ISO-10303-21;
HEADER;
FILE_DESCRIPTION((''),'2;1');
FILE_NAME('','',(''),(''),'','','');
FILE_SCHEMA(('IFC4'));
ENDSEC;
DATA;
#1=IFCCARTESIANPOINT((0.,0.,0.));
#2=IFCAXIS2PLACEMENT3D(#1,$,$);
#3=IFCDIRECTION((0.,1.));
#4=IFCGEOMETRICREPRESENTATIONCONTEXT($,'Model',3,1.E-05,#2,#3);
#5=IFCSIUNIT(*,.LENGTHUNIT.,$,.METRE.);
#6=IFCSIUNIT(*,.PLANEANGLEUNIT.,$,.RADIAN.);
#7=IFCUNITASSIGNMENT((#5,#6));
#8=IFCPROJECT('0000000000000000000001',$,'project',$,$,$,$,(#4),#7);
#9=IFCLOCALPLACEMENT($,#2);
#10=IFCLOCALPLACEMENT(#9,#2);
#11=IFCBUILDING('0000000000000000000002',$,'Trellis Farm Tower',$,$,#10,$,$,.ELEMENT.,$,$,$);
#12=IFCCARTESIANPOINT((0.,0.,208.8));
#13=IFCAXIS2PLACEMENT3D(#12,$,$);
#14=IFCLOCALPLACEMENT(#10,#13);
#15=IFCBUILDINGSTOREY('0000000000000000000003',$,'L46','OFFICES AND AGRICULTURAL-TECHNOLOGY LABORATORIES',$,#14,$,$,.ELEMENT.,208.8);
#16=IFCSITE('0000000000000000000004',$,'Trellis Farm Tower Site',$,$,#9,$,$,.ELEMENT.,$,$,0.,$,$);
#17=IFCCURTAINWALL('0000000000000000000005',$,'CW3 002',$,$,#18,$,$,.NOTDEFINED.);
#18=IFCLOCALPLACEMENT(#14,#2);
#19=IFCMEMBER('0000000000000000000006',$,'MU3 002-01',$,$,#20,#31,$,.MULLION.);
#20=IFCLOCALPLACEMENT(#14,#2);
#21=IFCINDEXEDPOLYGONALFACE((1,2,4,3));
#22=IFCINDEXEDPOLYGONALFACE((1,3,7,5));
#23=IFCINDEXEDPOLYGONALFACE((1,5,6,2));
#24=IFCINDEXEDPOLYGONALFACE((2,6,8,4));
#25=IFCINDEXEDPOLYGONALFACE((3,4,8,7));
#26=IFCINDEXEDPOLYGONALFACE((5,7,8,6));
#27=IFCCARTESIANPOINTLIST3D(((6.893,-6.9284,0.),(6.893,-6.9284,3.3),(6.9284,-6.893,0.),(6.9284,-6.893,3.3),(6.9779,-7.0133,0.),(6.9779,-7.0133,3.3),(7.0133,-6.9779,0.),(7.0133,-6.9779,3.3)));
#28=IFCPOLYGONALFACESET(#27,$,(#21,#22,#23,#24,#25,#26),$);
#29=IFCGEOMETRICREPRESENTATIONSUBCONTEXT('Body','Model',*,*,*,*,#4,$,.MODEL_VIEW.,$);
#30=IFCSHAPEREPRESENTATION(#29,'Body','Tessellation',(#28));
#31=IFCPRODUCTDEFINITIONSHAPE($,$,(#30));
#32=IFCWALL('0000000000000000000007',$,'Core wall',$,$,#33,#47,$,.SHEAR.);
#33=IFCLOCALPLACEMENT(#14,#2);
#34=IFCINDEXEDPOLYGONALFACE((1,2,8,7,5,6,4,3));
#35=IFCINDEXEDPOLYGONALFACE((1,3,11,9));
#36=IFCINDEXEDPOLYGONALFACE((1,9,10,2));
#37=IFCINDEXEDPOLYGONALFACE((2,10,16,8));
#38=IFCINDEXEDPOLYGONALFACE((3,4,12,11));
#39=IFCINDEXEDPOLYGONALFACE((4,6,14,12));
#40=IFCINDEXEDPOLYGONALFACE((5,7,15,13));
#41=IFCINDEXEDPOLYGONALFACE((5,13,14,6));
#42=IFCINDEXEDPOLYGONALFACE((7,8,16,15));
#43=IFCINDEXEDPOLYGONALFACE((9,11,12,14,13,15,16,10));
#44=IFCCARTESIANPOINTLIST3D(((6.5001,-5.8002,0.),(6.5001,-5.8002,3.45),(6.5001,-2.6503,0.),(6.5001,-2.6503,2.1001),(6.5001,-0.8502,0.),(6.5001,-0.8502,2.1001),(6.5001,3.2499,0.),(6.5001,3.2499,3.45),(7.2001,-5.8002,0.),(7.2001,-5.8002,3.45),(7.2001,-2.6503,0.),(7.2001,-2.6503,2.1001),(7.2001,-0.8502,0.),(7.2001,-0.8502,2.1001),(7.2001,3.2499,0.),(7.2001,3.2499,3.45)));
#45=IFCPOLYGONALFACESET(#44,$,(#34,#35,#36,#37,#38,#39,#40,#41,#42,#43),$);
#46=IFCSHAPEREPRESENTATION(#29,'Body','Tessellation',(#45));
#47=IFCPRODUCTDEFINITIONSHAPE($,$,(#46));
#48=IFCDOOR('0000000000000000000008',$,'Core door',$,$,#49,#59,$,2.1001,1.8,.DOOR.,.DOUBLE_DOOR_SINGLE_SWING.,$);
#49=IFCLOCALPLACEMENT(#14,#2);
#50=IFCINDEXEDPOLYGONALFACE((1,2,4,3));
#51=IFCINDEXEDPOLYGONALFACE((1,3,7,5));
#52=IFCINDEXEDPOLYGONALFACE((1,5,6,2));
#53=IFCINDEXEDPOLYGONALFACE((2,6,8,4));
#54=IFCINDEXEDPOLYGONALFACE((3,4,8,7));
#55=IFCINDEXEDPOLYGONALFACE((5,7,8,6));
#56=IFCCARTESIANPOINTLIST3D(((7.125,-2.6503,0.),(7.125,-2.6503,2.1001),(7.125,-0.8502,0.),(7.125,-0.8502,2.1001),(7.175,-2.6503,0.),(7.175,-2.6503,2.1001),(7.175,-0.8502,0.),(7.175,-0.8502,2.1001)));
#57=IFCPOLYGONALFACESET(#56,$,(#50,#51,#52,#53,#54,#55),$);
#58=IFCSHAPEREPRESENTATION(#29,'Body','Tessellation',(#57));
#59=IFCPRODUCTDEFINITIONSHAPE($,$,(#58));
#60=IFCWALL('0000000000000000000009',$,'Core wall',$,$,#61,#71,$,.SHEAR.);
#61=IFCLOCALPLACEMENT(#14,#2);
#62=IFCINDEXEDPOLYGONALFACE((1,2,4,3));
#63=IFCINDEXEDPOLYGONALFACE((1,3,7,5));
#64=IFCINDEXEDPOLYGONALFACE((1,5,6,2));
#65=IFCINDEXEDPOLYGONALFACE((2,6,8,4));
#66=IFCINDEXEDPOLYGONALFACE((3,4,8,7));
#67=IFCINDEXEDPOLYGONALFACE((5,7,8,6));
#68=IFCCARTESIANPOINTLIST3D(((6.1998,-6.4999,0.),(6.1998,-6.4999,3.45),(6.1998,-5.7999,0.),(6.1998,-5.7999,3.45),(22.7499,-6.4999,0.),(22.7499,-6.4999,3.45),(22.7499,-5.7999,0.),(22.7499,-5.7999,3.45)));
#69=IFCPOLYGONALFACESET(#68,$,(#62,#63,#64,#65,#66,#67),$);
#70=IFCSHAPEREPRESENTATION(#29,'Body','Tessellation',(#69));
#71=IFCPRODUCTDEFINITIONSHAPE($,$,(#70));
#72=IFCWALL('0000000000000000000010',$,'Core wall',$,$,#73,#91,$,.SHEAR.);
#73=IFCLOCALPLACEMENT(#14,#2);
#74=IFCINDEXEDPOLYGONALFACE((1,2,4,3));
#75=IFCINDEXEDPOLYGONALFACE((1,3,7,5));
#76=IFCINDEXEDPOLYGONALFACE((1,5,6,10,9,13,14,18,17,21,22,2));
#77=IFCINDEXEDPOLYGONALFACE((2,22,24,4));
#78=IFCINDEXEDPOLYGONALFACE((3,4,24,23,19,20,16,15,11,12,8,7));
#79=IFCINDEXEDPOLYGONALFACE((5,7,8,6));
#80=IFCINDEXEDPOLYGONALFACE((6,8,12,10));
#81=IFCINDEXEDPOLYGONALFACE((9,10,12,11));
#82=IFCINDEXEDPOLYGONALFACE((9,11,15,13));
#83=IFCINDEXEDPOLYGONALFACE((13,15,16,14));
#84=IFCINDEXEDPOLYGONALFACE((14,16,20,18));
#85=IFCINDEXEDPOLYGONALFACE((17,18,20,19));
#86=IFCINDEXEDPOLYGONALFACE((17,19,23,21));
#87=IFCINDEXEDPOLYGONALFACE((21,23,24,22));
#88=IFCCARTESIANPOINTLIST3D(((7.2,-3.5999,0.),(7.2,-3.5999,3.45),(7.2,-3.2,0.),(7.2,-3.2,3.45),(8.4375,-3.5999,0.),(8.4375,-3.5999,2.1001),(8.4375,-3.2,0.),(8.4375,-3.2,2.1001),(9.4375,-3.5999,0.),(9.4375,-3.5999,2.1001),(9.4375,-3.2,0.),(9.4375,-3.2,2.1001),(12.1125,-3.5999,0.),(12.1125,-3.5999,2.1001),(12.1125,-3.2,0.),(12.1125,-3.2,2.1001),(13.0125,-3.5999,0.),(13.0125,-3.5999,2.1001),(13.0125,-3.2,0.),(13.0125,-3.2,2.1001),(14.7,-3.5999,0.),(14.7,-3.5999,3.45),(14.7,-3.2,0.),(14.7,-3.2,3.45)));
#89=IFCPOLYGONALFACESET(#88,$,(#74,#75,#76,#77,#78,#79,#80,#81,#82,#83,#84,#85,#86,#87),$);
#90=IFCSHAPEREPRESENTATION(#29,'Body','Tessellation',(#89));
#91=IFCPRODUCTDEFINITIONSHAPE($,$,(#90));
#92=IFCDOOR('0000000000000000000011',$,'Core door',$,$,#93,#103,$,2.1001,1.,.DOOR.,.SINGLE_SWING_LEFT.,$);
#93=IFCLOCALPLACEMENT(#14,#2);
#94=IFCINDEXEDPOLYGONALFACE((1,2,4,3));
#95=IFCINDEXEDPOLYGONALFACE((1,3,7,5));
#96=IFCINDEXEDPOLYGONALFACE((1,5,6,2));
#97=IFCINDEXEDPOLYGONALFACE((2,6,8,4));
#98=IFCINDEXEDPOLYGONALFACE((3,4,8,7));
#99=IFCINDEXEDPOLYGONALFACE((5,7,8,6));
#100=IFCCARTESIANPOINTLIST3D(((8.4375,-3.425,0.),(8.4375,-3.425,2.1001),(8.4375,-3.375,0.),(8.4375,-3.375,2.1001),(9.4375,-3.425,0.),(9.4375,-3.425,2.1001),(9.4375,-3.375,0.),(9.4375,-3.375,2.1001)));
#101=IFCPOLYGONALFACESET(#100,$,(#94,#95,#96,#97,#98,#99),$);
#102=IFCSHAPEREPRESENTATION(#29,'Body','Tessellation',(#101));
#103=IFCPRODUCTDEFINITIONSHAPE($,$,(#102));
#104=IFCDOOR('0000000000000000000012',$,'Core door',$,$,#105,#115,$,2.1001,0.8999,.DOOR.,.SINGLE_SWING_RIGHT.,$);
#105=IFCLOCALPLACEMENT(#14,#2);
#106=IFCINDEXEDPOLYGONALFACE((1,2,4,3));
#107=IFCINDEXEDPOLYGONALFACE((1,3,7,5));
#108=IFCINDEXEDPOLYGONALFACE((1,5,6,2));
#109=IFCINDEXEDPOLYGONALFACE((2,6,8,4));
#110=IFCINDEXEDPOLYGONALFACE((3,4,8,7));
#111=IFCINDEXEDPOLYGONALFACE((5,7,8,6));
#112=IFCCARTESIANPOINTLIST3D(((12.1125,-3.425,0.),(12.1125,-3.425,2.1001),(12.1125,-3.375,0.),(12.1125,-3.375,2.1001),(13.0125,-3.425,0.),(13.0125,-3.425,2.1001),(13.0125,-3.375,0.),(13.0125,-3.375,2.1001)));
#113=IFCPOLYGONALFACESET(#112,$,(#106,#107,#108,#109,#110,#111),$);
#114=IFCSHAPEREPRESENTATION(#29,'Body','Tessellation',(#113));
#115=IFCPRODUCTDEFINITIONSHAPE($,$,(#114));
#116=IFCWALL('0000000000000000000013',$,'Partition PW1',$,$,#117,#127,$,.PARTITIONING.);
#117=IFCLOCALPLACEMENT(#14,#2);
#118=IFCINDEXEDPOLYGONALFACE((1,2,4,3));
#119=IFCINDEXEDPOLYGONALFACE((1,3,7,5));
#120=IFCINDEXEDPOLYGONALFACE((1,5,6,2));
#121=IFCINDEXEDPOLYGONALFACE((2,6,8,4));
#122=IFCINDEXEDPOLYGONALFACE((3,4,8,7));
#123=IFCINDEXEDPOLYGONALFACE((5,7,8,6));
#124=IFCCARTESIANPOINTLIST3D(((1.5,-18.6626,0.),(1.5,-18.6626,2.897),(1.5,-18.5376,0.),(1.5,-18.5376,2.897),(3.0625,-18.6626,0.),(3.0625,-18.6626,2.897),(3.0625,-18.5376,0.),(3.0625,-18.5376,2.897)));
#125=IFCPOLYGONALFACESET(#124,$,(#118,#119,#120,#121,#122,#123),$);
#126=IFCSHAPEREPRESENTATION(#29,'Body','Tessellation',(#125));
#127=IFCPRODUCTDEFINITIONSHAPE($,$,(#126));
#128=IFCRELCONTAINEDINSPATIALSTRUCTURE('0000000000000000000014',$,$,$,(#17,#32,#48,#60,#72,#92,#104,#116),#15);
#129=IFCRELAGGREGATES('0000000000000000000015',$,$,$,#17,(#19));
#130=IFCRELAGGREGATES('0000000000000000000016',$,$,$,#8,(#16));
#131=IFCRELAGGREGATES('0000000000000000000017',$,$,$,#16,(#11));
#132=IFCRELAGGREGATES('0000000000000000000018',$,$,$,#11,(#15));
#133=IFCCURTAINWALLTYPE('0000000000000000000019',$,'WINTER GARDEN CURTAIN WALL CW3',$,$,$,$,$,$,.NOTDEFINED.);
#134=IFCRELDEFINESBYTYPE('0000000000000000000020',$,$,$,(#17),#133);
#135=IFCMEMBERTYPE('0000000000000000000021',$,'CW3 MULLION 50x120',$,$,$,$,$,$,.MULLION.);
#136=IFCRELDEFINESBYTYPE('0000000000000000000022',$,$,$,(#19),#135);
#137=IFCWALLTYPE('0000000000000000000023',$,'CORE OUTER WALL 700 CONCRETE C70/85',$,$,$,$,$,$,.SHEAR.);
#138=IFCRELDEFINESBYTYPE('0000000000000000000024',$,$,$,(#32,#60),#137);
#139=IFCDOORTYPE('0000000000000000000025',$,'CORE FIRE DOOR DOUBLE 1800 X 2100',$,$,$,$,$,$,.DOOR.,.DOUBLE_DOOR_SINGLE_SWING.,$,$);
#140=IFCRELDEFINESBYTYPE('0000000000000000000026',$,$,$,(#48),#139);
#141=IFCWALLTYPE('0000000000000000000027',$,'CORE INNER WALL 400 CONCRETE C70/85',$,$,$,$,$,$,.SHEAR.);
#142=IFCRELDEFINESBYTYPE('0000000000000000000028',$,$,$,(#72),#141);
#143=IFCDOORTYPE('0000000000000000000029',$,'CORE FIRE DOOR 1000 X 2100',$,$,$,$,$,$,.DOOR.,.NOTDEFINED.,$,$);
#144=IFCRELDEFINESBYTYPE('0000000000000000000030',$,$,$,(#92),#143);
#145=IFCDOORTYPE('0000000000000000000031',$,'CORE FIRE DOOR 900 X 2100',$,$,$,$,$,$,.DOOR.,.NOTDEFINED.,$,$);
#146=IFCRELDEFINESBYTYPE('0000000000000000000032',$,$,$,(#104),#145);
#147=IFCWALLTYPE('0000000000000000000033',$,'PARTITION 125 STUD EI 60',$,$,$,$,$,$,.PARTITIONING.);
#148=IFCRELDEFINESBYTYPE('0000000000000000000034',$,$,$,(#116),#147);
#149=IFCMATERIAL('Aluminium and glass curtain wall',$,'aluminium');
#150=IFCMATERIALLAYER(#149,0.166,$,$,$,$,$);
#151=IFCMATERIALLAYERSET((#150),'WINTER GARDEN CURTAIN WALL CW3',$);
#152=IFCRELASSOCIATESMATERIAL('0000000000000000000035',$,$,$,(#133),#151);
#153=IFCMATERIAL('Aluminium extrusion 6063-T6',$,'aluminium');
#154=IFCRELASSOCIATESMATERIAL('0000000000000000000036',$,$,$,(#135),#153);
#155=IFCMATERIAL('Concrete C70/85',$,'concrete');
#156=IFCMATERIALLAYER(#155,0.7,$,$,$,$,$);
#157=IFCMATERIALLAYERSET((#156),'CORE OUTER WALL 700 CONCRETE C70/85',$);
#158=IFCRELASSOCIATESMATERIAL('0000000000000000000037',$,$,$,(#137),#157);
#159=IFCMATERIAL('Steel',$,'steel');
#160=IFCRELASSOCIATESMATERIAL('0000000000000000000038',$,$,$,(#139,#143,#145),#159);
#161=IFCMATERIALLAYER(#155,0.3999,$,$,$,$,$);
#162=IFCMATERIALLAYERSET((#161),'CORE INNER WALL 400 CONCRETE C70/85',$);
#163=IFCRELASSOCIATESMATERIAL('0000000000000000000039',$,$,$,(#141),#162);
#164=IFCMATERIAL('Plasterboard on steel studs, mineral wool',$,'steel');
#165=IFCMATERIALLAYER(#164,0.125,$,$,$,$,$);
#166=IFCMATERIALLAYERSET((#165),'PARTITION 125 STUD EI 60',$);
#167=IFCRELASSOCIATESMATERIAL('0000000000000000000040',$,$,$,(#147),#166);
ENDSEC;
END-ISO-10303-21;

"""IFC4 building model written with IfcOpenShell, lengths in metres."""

from ifc_helpers import new_model, si_unit, direction, frame, frame_2d, origin, origin_2d, place, context, subcontext, project, spatial, rectangle, extrude, source, transform, mapped, material, layer, layer_set, material_profile, profile_set, type_object, element, fill, aggregate, save


model = new_model("IFC4")

# Units and contexts
model_context = context("Model", 3, precision=1e-05, world=origin(), true_north=direction((0.0, 1.0)))
body_context = subcontext(model_context, "Body", "Model", "MODEL_VIEW")
ifc_project = project(units=[si_unit("LENGTHUNIT", "METRE"), si_unit("PLANEANGLEUNIT", "RADIAN")], contexts=[model_context])

# Site, building, storey
site_placement = place(None, origin())
site = spatial("IfcSite", under=ifc_project, at=site_placement, Name="Trellis Farm Tower Site", CompositionType="ELEMENT", RefElevation=0.0)
building_placement = place(site_placement, origin())
building = spatial("IfcBuilding", under=site, at=building_placement, Name="Trellis Farm Tower", CompositionType="ELEMENT")
storey_placement = place(building_placement, frame((0.0, 0.0, 208.8)))
storey = spatial("IfcBuildingStorey", under=building, at=storey_placement, Name="L46", Description="OFFICES AND AGRICULTURAL-TECHNOLOGY LABORATORIES", CompositionType="ELEMENT", Elevation=208.8)

# Shared definitions
ifc_material_1 = material(Name="Concrete C70/85", Category="concrete")

# Shared definitions
ifc_material_2 = material(Name="Aluminium and glass curtain wall", Category="aluminium")
placement = place(storey_placement, origin())
ifc_material_3 = material(Name="Aluminium extrusion 6063-T6", Category="aluminium")

# Curtain wall, member
ifc_layer_1 = layer(ifc_material_2, 0.166)
ifc_layer_set_1 = layer_set([ifc_layer_1], Name="WINTER GARDEN CURTAIN WALL CW3")
curtain_wall_type_1 = type_object("IfcCurtainWallType", Name="WINTER GARDEN CURTAIN WALL CW3", PredefinedType="NOTDEFINED", material=ifc_layer_set_1)
curtain_wall_1 = element("IfcCurtainWall", 1, at=placement, inside=storey, type_object=curtain_wall_type_1, Name="CW3 002", PredefinedType="NOTDEFINED")
ifc_material_profile_1 = material_profile(ifc_material_3, rectangle(XDim=0.05, YDim=0.1201, at=origin_2d()), Name="MULLION 50x120")
ifc_profile_set_1 = profile_set([ifc_material_profile_1], Name="Aluminium extrusion 6063-T6")
member_type_1 = type_object("IfcMemberType", Name="CW3 MULLION 50x120", PredefinedType="MULLION", material=ifc_profile_set_1)
shared_shape_1 = source(origin(), body_context, "Body", "SweptSolid", [
    extrude(rectangle(XDim=0.05, YDim=0.1201, at=origin_2d()), origin(), (0.0, 0.0, 1.0), 3.3),
])
member_1_placement = place(storey_placement, frame((6.9531, -6.9531, 0.0), z_axis=(0.0, 0.0, 1.0), x_axis=(0.707107, 0.707107, 0.0)))
member_1 = element("IfcMember", 2, at=member_1_placement, type_object=member_type_1, Name="MU3 002-01", PredefinedType="MULLION", context=body_context, shape_type="MappedRepresentation", body=[
    mapped(shared_shape_1, transform((0.0, 0.0, 0.0))),
])
aggregate(curtain_wall_1, [member_1])

# Wall, opening, door
ifc_layer_2 = layer(ifc_material_1, 0.7)
ifc_layer_set_2 = layer_set([ifc_layer_2], Name="CORE OUTER WALL 700 CONCRETE C70/85")
wall_type_1 = type_object("IfcWallType", Name="CORE OUTER WALL 700 CONCRETE C70/85", PredefinedType="SHEAR", material=ifc_layer_set_2)
shared_shape_2 = source(origin(), body_context, "Body", "SweptSolid", [
    extrude(rectangle(XDim=9.05, YDim=0.7, at=frame_2d((4.5249, 0.0))), origin(), (0.0, 0.0, 1.0), 3.45),
])
wall_1_placement = place(storey_placement, frame((6.8501, -5.8, 0.0), z_axis=(0.0, 0.0, 1.0), x_axis=(0.0, 1.0, 0.0)))
wall_1 = element("IfcWall", 3, at=wall_1_placement, inside=storey, type_object=wall_type_1, Name="Core wall", PredefinedType="SHEAR", context=body_context, shape_type="MappedRepresentation", body=[
    mapped(shared_shape_2, transform((0.0, 0.0, 0.0))),
])
shared_shape_3 = source(origin(), body_context, "Body", "SweptSolid", [
    extrude(rectangle(XDim=1.8, YDim=2.1001, at=frame_2d((0.8999, 1.05))), frame((0.0, 0.3601, 0.0), z_axis=(0.0, -1.0, 0.0), x_axis=(1.0, 0.0, 0.0)), (0.0, 0.0, 1.0), 0.7202),
])
opening_1_placement = place(wall_1_placement, frame((3.1499, 0.0, 0.0)))
opening_1 = element("IfcOpeningElement", 4, at=opening_1_placement, cuts=wall_1, PredefinedType="OPENING", context=body_context, shape_type="MappedRepresentation", body=[
    mapped(shared_shape_3, transform((0.0, 0.0, 0.0))),
])
ifc_material_4 = material(Name="Steel", Category="steel")
door_type_1 = type_object("IfcDoorType", Name="CORE FIRE DOOR DOUBLE 1800 X 2100", OperationType="DOUBLE_DOOR_SINGLE_SWING", PredefinedType="DOOR", material=ifc_material_4)
shared_shape_4 = source(origin(), body_context, "Body", "SweptSolid", [
    extrude(rectangle(XDim=1.8, YDim=2.1001, at=frame_2d((0.8999, 1.05))), frame((0.0, -0.2749, 0.0), z_axis=(0.0, -1.0, 0.0), x_axis=(1.0, 0.0, 0.0)), (0.0, 0.0, 1.0), 0.05),
])
door_1_placement = place(opening_1_placement, origin())
door_1 = element("IfcDoor", 5, at=door_1_placement, inside=storey, type_object=door_type_1, Name="Core door", OperationType="DOUBLE_DOOR_SINGLE_SWING", OverallHeight=2.1001, OverallWidth=1.8, PredefinedType="DOOR", context=body_context, shape_type="MappedRepresentation", body=[
    mapped(shared_shape_4, transform((0.0, 0.0, 0.0))),
])
fill(opening_1, door_1)

# Wall
shared_shape_5 = source(origin(), body_context, "Body", "SweptSolid", [
    extrude(rectangle(XDim=16.55, YDim=0.7, at=frame_2d((8.2749, 0.0))), origin(), (0.0, 0.0, 1.0), 3.45),
])
wall_2_placement = place(storey_placement, frame((6.2, -6.1499, 0.0), z_axis=(0.0, 0.0, 1.0), x_axis=(1.0, 0.0, 0.0)))
element("IfcWall", 6, at=wall_2_placement, inside=storey, type_object=wall_type_1, Name="Core wall", PredefinedType="SHEAR", context=body_context, shape_type="MappedRepresentation", body=[
    mapped(shared_shape_5, transform((0.0, 0.0, 0.0))),
])

# Wall, openings, doors
ifc_layer_3 = layer(ifc_material_1, 0.3999)
ifc_layer_set_3 = layer_set([ifc_layer_3], Name="CORE INNER WALL 400 CONCRETE C70/85")
wall_type_2 = type_object("IfcWallType", Name="CORE INNER WALL 400 CONCRETE C70/85", PredefinedType="SHEAR", material=ifc_layer_set_3)
shared_shape_6 = source(origin(), body_context, "Body", "SweptSolid", [
    extrude(rectangle(XDim=7.5, YDim=0.3999, at=frame_2d((3.75, 0.0))), origin(), (0.0, 0.0, 1.0), 3.45),
])
wall_3_placement = place(storey_placement, frame((7.2, -3.3999, 0.0), z_axis=(0.0, 0.0, 1.0), x_axis=(1.0, 0.0, 0.0)))
wall_3 = element("IfcWall", 7, at=wall_3_placement, inside=storey, type_object=wall_type_2, Name="Core wall", PredefinedType="SHEAR", context=body_context, shape_type="MappedRepresentation", body=[
    mapped(shared_shape_6, transform((0.0, 0.0, 0.0))),
])
shared_shape_7 = source(origin(), body_context, "Body", "SweptSolid", [
    extrude(rectangle(XDim=1.0, YDim=2.1001, at=frame_2d((0.5, 1.05))), frame((0.0, 0.21, 0.0), z_axis=(0.0, -1.0, 0.0), x_axis=(1.0, 0.0, 0.0)), (0.0, 0.0, 1.0), 0.4199),
])
opening_2_placement = place(wall_3_placement, frame((1.2375, 0.0, 0.0)))
opening_2 = element("IfcOpeningElement", 8, at=opening_2_placement, cuts=wall_3, PredefinedType="OPENING", context=body_context, shape_type="MappedRepresentation", body=[
    mapped(shared_shape_7, transform((0.0, 0.0, 0.0))),
])
shared_shape_8 = source(origin(), body_context, "Body", "SweptSolid", [
    extrude(rectangle(XDim=0.8999, YDim=2.1001, at=frame_2d((0.45, 1.05))), frame((0.0, 0.21, 0.0), z_axis=(0.0, -1.0, 0.0), x_axis=(1.0, 0.0, 0.0)), (0.0, 0.0, 1.0), 0.4199),
])
opening_3_placement = place(wall_3_placement, frame((4.9126, 0.0, 0.0)))
opening_3 = element("IfcOpeningElement", 9, at=opening_3_placement, cuts=wall_3, PredefinedType="OPENING", context=body_context, shape_type="MappedRepresentation", body=[
    mapped(shared_shape_8, transform((0.0, 0.0, 0.0))),
])
door_type_2 = type_object("IfcDoorType", Name="CORE FIRE DOOR 1000 X 2100", OperationType="NOTDEFINED", PredefinedType="DOOR", material=ifc_material_4)
shared_shape_9 = source(origin(), body_context, "Body", "SweptSolid", [
    extrude(rectangle(XDim=1.0, YDim=2.1001, at=frame_2d((0.5, 1.05))), frame((0.0, 0.0249, 0.0), z_axis=(0.0, -1.0, 0.0), x_axis=(1.0, 0.0, 0.0)), (0.0, 0.0, 1.0), 0.05),
])
door_2_placement = place(opening_2_placement, origin())
door_2 = element("IfcDoor", 10, at=door_2_placement, inside=storey, type_object=door_type_2, Name="Core door", OperationType="SINGLE_SWING_LEFT", OverallHeight=2.1001, OverallWidth=1.0, PredefinedType="DOOR", context=body_context, shape_type="MappedRepresentation", body=[
    mapped(shared_shape_9, transform((0.0, 0.0, 0.0))),
])
fill(opening_2, door_2)
door_type_3 = type_object("IfcDoorType", Name="CORE FIRE DOOR 900 X 2100", OperationType="NOTDEFINED", PredefinedType="DOOR", material=ifc_material_4)
shared_shape_10 = source(origin(), body_context, "Body", "SweptSolid", [
    extrude(rectangle(XDim=0.8999, YDim=2.1001, at=frame_2d((0.45, 1.05))), frame((0.0, 0.0249, 0.0), z_axis=(0.0, -1.0, 0.0), x_axis=(1.0, 0.0, 0.0)), (0.0, 0.0, 1.0), 0.05),
])
door_3_placement = place(opening_3_placement, origin())
door_3 = element("IfcDoor", 11, at=door_3_placement, inside=storey, type_object=door_type_3, Name="Core door", OperationType="SINGLE_SWING_RIGHT", OverallHeight=2.1001, OverallWidth=0.8999, PredefinedType="DOOR", context=body_context, shape_type="MappedRepresentation", body=[
    mapped(shared_shape_10, transform((0.0, 0.0, 0.0))),
])
fill(opening_3, door_3)

# Wall
ifc_material_5 = material(Name="Plasterboard on steel studs, mineral wool", Category="steel")
ifc_layer_4 = layer(ifc_material_5, 0.125)
ifc_layer_set_4 = layer_set([ifc_layer_4], Name="PARTITION 125 STUD EI 60")
wall_type_3 = type_object("IfcWallType", Name="PARTITION 125 STUD EI 60", PredefinedType="PARTITIONING", material=ifc_layer_set_4)
shared_shape_11 = source(origin(), body_context, "Body", "SweptSolid", [
    extrude(rectangle(XDim=1.5625, YDim=0.125, at=frame_2d((0.7812, 0.0))), origin(), (0.0, 0.0, 1.0), 2.897),
])
wall_4_placement = place(storey_placement, frame((3.0625, -18.6001, 0.0), z_axis=(0.0, 0.0, 1.0), x_axis=(-1.0, 0.0, 0.0)))
element("IfcWall", 12, at=wall_4_placement, inside=storey, type_object=wall_type_3, Name="Partition PW1", PredefinedType="PARTITIONING", context=body_context, shape_type="MappedRepresentation", body=[
    mapped(shared_shape_11, transform((0.0, 0.0, 0.0))),
])

save(model, "model.ifc")
